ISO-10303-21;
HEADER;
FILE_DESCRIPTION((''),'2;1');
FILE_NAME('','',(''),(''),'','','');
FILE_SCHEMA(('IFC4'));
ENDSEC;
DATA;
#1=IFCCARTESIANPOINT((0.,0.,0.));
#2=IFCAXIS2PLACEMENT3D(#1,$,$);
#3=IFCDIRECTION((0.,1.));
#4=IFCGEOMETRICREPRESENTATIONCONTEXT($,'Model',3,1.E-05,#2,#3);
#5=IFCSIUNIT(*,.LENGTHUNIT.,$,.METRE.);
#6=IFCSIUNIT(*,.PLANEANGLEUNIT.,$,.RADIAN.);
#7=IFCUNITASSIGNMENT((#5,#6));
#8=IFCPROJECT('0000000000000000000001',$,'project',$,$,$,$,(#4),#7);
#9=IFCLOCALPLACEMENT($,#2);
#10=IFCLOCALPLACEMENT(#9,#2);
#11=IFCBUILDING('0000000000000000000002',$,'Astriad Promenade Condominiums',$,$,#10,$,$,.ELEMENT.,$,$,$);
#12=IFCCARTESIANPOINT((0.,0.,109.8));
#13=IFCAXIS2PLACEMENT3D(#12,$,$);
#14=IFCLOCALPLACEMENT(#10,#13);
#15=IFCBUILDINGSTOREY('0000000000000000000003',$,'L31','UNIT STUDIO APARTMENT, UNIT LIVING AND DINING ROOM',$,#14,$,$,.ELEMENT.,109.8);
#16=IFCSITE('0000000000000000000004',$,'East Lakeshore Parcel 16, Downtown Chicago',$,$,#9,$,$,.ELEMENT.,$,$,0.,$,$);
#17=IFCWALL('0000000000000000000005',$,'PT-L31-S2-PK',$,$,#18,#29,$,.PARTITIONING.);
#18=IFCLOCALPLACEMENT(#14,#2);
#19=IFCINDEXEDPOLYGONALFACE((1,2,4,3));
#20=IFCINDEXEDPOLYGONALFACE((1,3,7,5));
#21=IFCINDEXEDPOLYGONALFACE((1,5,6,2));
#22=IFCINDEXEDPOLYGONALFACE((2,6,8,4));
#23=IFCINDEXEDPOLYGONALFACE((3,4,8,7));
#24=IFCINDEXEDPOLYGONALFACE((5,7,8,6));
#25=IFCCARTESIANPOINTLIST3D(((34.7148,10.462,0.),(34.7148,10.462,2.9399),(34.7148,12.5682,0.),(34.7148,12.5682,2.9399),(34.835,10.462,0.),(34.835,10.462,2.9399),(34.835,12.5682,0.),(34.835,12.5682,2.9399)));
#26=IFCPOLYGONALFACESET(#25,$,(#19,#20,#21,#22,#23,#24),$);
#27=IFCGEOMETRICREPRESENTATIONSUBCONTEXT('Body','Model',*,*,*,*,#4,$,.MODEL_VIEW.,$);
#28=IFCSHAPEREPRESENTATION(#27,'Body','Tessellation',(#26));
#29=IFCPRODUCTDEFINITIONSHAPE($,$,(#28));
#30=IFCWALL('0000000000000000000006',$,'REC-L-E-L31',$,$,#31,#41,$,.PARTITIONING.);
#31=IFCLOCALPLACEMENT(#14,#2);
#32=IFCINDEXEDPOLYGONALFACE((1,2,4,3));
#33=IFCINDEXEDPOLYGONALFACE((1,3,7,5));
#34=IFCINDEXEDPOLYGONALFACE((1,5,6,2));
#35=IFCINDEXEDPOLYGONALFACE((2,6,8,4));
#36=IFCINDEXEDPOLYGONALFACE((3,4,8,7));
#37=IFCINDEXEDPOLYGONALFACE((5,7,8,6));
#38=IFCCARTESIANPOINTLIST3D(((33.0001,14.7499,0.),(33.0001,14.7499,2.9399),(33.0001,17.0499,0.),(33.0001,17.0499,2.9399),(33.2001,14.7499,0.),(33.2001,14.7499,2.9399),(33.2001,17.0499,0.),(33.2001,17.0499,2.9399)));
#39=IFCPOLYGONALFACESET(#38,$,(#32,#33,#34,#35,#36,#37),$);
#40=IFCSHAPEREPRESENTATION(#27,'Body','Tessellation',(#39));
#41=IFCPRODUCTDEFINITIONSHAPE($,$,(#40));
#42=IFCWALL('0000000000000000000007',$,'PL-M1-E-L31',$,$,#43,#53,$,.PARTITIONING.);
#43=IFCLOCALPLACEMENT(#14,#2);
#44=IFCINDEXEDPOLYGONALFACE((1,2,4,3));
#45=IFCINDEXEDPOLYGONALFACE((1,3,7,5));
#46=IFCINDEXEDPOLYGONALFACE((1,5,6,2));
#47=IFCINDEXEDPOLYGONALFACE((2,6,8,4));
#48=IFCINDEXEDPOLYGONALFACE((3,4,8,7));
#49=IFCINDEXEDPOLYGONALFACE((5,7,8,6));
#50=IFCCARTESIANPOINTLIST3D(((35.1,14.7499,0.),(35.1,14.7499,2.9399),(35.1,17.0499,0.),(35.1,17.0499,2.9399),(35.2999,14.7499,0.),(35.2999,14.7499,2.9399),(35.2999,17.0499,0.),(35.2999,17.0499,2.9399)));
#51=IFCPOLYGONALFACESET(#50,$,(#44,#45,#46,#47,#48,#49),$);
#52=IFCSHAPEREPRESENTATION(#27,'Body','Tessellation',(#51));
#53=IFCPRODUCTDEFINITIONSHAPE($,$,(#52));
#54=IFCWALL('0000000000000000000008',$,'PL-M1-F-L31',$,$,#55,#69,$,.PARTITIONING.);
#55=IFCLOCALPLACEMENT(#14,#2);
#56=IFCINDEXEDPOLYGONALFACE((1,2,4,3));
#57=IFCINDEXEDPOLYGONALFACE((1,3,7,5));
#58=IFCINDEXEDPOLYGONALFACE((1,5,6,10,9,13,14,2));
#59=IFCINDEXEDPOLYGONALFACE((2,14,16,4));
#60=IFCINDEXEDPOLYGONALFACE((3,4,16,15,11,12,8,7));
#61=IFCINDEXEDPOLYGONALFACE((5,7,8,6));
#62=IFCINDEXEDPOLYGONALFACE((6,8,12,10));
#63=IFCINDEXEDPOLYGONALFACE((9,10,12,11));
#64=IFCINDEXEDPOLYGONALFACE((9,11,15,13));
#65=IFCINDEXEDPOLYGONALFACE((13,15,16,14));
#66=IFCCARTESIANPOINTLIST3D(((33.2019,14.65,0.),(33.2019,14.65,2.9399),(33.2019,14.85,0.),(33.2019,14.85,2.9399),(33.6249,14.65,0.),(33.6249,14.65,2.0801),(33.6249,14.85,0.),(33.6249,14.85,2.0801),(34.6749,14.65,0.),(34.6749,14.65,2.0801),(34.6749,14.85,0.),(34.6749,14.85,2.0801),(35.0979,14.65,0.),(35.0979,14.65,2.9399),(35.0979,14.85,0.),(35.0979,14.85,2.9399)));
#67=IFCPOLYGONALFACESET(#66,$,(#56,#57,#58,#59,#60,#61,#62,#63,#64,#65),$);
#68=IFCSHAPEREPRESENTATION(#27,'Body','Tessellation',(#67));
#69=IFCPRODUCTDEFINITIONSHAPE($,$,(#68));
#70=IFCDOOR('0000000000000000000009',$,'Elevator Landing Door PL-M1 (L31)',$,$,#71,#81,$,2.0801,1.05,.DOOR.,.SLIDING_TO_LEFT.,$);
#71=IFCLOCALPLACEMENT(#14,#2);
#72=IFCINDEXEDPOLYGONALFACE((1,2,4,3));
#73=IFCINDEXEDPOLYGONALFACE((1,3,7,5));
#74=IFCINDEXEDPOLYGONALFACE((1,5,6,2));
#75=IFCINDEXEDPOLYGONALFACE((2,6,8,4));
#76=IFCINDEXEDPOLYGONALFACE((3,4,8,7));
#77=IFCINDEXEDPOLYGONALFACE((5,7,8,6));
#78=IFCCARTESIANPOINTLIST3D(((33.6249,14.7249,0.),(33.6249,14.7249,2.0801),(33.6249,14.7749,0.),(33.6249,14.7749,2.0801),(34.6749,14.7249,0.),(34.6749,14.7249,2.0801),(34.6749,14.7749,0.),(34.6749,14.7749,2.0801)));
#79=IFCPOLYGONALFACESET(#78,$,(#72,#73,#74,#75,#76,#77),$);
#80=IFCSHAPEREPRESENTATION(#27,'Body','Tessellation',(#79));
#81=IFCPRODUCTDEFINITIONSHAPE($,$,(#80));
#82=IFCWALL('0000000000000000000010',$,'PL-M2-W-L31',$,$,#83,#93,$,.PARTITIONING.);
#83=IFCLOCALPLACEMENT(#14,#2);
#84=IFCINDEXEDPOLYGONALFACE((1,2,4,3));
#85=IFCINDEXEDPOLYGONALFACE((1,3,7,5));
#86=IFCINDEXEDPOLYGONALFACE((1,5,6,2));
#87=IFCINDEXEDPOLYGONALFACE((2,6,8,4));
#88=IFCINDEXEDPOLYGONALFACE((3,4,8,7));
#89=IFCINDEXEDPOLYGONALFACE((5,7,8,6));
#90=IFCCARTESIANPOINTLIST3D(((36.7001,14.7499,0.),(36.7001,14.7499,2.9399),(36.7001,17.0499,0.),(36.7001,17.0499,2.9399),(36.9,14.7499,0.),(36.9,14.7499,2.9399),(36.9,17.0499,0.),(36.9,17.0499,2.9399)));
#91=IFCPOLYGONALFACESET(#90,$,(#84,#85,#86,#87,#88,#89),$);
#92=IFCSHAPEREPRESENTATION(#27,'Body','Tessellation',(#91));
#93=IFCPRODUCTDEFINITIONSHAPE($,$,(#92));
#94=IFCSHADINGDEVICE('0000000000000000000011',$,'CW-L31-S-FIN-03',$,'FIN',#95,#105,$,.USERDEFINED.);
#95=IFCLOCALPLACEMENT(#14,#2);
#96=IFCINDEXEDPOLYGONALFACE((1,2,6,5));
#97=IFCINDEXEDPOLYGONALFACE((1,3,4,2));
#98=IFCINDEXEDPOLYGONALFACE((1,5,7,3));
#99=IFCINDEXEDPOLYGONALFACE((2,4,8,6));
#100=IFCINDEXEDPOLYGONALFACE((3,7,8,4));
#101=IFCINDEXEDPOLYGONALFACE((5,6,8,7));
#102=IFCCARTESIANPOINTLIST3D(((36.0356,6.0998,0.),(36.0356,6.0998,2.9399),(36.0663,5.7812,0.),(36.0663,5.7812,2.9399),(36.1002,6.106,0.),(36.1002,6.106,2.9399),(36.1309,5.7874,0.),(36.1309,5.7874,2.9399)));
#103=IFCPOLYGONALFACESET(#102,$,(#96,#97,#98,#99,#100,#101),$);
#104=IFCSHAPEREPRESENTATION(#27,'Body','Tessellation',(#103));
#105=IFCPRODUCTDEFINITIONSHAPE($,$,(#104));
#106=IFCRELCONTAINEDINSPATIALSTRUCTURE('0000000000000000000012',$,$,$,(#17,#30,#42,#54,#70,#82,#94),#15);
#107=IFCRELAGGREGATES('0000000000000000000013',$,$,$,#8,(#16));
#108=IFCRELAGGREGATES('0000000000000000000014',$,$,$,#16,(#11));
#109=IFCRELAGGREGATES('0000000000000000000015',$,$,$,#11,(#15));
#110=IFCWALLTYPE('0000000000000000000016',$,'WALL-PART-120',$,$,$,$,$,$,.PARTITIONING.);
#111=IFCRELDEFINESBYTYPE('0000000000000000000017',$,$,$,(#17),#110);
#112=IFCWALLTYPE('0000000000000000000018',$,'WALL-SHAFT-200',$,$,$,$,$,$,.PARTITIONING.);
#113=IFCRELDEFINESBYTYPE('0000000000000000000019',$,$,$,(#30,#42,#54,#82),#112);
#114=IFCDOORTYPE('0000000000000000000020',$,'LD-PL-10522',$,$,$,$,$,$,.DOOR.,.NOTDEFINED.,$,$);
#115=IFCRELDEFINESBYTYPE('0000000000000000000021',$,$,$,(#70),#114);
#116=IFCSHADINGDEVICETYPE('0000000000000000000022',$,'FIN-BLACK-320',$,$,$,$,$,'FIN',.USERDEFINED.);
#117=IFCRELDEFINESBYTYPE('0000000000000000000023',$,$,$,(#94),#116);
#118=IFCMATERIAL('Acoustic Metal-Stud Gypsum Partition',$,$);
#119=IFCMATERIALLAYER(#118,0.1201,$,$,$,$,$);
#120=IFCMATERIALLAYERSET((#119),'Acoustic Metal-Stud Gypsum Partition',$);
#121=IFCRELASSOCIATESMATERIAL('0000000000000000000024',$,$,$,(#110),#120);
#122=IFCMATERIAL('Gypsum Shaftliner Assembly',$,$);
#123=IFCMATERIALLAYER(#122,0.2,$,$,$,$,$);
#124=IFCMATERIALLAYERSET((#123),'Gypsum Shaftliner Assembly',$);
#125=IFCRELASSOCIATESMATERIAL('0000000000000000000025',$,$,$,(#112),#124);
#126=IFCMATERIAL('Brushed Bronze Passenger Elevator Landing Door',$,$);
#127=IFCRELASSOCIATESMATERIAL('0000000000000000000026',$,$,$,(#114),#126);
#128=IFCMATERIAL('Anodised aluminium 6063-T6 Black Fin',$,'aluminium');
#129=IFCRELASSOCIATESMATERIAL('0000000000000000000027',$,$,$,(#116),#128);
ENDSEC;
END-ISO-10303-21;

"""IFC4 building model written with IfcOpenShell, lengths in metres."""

from ifc_helpers import new_model, si_unit, direction, frame, frame_2d, origin, origin_2d, place, context, subcontext, project, spatial, rectangle, extrude, source, transform, mapped, material, layer, layer_set, type_object, type_shapes, element, fill, save


model = new_model("IFC4")

# Units and contexts
model_context = context("Model", 3, precision=1e-05, world=origin(), true_north=direction((0.0, 1.0)))
body_context = subcontext(model_context, "Body", "Model", "MODEL_VIEW")
ifc_project = project(units=[si_unit("LENGTHUNIT", "METRE"), si_unit("PLANEANGLEUNIT", "RADIAN")], contexts=[model_context])

# Site, building, storey
site_placement = place(None, origin())
site = spatial("IfcSite", under=ifc_project, at=site_placement, Name="East Lakeshore Parcel 16, Downtown Chicago", CompositionType="ELEMENT", RefElevation=0.0)
building_placement = place(site_placement, origin())
building = spatial("IfcBuilding", under=site, at=building_placement, Name="Astriad Promenade Condominiums", CompositionType="ELEMENT")
storey_placement = place(building_placement, frame((0.0, 0.0, 109.8)))
storey = spatial("IfcBuildingStorey", under=building, at=storey_placement, Name="L31", Description="UNIT STUDIO APARTMENT, UNIT LIVING AND DINING ROOM", CompositionType="ELEMENT", Elevation=109.8)

# Shared definitions
ifc_material_1 = material(Name="Acoustic Metal-Stud Gypsum Partition")
ifc_layer_1 = layer(ifc_material_1, 0.1201)
ifc_layer_set_1 = layer_set([ifc_layer_1], Name="Acoustic Metal-Stud Gypsum Partition")
wall_type_1 = type_object("IfcWallType", Name="WALL-PART-120", PredefinedType="PARTITIONING", material=ifc_layer_set_1)

# Walls
wall_1_placement = place(storey_placement, frame((34.7749, 10.4619, 0.0), z_axis=(0.0, 0.0, 1.0), x_axis=(0.0, 1.0, 0.0)))
element("IfcWall", 1, at=wall_1_placement, inside=storey, type_object=wall_type_1, Name="PT-L31-S2-PK", PredefinedType="PARTITIONING", context=body_context, shape_type="SweptSolid", body=[
    extrude(rectangle(XDim=2.1062, YDim=0.1201, at=frame_2d((1.0532, 0.0))), origin(), (0.0, 0.0, 1.0), 2.9399),
])
ifc_material_2 = material(Name="Gypsum Shaftliner Assembly")
ifc_layer_2 = layer(ifc_material_2, 0.2)
ifc_layer_set_2 = layer_set([ifc_layer_2], Name="Gypsum Shaftliner Assembly")
wall_type_2 = type_object("IfcWallType", Name="WALL-SHAFT-200", PredefinedType="PARTITIONING", material=ifc_layer_set_2)
for number, where, z_axis, x_axis, name in (
    (2, (33.1001, 14.75, 0.0), (0.0, 0.0, 1.0), (0.0, 1.0, 0.0), "REC-L-E-L31"),
    (3, (35.2, 14.75, 0.0), (0.0, 0.0, 1.0), (0.0, 1.0, 0.0), "PL-M1-E-L31"),
):
    element("IfcWall", number, at=place(storey_placement, frame(where, z_axis=z_axis, x_axis=x_axis)), inside=storey, type_object=wall_type_2, Name=name, PredefinedType="PARTITIONING", context=body_context, shape_type="SweptSolid", body=[
        extrude(rectangle(XDim=2.3, YDim=0.2, at=frame_2d((1.1499, 0.0))), origin(), (0.0, 0.0, 1.0), 2.9399),
    ])

# Wall, opening, door
wall_2_placement = place(storey_placement, frame((33.2019, 14.75, 0.0), z_axis=(0.0, 0.0, 1.0), x_axis=(1.0, 0.0, 0.0)))
wall_2 = element("IfcWall", 4, at=wall_2_placement, inside=storey, type_object=wall_type_2, Name="PL-M1-F-L31", PredefinedType="PARTITIONING", context=body_context, shape_type="SweptSolid", body=[
    extrude(rectangle(XDim=1.896, YDim=0.2, at=frame_2d((0.948, 0.0))), origin(), (0.0, 0.0, 1.0), 2.9399),
])
opening_1_placement = place(wall_2_placement, frame((0.4231, 0.0, 0.0)))
opening_1 = element("IfcOpeningElement", 5, at=opening_1_placement, cuts=wall_2, PredefinedType="OPENING", context=body_context, shape_type="SweptSolid", body=[
    extrude(rectangle(XDim=1.05, YDim=2.0801, at=frame_2d((0.5249, 1.04))), frame((0.0, 0.1099, 0.0), z_axis=(0.0, -1.0, 0.0), x_axis=(1.0, 0.0, 0.0)), (0.0, 0.0, 1.0), 0.22),
])
ifc_material_3 = material(Name="Brushed Bronze Passenger Elevator Landing Door")
door_type_1 = type_object("IfcDoorType", Name="LD-PL-10522", OperationType="NOTDEFINED", PredefinedType="DOOR", material=ifc_material_3)
shared_shape_1 = source(origin(), body_context, "Body", "SweptSolid", [
    extrude(rectangle(XDim=1.05, YDim=2.0801, at=frame_2d((0.5249, 1.04))), frame((0.0, 0.0249, 0.0), z_axis=(0.0, -1.0, 0.0), x_axis=(1.0, 0.0, 0.0)), (0.0, 0.0, 1.0), 0.05),
])
type_shapes(door_type_1, [shared_shape_1])
door_1_placement = place(opening_1_placement, origin())
door_1 = element("IfcDoor", 6, at=door_1_placement, inside=storey, type_object=door_type_1, Name="Elevator Landing Door PL-M1 (L31)", OperationType="SLIDING_TO_LEFT", OverallHeight=2.0801, OverallWidth=1.05, PredefinedType="DOOR", context=body_context, shape_type="MappedRepresentation", body=[
    mapped(shared_shape_1, transform((0.0, 0.0, 0.0), scale=1.0)),
])
fill(opening_1, door_1)

# Wall
wall_3_placement = place(storey_placement, frame((36.8, 14.75, 0.0), z_axis=(0.0, 0.0, 1.0), x_axis=(0.0, 1.0, 0.0)))
element("IfcWall", 7, at=wall_3_placement, inside=storey, type_object=wall_type_2, Name="PL-M2-W-L31", PredefinedType="PARTITIONING", context=body_context, shape_type="SweptSolid", body=[
    extrude(rectangle(XDim=2.3, YDim=0.2, at=frame_2d((1.1499, 0.0))), origin(), (0.0, 0.0, 1.0), 2.9399),
])

# Shading device
ifc_material_4 = material(Name="Anodised aluminium 6063-T6 Black Fin", Category="aluminium")
shading_device_type = type_object("IfcShadingDeviceType", Name="FIN-BLACK-320", ElementType="FIN", PredefinedType="USERDEFINED", material=ifc_material_4)
shared_shape_2 = source(origin(), body_context, "Body", "SweptSolid", [
    extrude(rectangle(XDim=0.0649, YDim=0.3201, at=origin_2d()), origin(), (0.0, 0.0, 1.0), 2.9399),
])
type_shapes(shading_device_type, [shared_shape_2])
shading_device_placement = place(storey_placement, frame((36.0833, 5.9436, 0.0), z_axis=(0.0, 0.0, 1.0), x_axis=(-0.995396, -0.095846, 0.0)))
element("IfcShadingDevice", 8, at=shading_device_placement, inside=storey, type_object=shading_device_type, Name="CW-L31-S-FIN-03", ObjectType="FIN", PredefinedType="USERDEFINED", context=body_context, shape_type="MappedRepresentation", body=[
    mapped(shared_shape_2, transform((0.0, 0.0, 0.0), scale=1.0)),
])

save(model, "model.ifc")
